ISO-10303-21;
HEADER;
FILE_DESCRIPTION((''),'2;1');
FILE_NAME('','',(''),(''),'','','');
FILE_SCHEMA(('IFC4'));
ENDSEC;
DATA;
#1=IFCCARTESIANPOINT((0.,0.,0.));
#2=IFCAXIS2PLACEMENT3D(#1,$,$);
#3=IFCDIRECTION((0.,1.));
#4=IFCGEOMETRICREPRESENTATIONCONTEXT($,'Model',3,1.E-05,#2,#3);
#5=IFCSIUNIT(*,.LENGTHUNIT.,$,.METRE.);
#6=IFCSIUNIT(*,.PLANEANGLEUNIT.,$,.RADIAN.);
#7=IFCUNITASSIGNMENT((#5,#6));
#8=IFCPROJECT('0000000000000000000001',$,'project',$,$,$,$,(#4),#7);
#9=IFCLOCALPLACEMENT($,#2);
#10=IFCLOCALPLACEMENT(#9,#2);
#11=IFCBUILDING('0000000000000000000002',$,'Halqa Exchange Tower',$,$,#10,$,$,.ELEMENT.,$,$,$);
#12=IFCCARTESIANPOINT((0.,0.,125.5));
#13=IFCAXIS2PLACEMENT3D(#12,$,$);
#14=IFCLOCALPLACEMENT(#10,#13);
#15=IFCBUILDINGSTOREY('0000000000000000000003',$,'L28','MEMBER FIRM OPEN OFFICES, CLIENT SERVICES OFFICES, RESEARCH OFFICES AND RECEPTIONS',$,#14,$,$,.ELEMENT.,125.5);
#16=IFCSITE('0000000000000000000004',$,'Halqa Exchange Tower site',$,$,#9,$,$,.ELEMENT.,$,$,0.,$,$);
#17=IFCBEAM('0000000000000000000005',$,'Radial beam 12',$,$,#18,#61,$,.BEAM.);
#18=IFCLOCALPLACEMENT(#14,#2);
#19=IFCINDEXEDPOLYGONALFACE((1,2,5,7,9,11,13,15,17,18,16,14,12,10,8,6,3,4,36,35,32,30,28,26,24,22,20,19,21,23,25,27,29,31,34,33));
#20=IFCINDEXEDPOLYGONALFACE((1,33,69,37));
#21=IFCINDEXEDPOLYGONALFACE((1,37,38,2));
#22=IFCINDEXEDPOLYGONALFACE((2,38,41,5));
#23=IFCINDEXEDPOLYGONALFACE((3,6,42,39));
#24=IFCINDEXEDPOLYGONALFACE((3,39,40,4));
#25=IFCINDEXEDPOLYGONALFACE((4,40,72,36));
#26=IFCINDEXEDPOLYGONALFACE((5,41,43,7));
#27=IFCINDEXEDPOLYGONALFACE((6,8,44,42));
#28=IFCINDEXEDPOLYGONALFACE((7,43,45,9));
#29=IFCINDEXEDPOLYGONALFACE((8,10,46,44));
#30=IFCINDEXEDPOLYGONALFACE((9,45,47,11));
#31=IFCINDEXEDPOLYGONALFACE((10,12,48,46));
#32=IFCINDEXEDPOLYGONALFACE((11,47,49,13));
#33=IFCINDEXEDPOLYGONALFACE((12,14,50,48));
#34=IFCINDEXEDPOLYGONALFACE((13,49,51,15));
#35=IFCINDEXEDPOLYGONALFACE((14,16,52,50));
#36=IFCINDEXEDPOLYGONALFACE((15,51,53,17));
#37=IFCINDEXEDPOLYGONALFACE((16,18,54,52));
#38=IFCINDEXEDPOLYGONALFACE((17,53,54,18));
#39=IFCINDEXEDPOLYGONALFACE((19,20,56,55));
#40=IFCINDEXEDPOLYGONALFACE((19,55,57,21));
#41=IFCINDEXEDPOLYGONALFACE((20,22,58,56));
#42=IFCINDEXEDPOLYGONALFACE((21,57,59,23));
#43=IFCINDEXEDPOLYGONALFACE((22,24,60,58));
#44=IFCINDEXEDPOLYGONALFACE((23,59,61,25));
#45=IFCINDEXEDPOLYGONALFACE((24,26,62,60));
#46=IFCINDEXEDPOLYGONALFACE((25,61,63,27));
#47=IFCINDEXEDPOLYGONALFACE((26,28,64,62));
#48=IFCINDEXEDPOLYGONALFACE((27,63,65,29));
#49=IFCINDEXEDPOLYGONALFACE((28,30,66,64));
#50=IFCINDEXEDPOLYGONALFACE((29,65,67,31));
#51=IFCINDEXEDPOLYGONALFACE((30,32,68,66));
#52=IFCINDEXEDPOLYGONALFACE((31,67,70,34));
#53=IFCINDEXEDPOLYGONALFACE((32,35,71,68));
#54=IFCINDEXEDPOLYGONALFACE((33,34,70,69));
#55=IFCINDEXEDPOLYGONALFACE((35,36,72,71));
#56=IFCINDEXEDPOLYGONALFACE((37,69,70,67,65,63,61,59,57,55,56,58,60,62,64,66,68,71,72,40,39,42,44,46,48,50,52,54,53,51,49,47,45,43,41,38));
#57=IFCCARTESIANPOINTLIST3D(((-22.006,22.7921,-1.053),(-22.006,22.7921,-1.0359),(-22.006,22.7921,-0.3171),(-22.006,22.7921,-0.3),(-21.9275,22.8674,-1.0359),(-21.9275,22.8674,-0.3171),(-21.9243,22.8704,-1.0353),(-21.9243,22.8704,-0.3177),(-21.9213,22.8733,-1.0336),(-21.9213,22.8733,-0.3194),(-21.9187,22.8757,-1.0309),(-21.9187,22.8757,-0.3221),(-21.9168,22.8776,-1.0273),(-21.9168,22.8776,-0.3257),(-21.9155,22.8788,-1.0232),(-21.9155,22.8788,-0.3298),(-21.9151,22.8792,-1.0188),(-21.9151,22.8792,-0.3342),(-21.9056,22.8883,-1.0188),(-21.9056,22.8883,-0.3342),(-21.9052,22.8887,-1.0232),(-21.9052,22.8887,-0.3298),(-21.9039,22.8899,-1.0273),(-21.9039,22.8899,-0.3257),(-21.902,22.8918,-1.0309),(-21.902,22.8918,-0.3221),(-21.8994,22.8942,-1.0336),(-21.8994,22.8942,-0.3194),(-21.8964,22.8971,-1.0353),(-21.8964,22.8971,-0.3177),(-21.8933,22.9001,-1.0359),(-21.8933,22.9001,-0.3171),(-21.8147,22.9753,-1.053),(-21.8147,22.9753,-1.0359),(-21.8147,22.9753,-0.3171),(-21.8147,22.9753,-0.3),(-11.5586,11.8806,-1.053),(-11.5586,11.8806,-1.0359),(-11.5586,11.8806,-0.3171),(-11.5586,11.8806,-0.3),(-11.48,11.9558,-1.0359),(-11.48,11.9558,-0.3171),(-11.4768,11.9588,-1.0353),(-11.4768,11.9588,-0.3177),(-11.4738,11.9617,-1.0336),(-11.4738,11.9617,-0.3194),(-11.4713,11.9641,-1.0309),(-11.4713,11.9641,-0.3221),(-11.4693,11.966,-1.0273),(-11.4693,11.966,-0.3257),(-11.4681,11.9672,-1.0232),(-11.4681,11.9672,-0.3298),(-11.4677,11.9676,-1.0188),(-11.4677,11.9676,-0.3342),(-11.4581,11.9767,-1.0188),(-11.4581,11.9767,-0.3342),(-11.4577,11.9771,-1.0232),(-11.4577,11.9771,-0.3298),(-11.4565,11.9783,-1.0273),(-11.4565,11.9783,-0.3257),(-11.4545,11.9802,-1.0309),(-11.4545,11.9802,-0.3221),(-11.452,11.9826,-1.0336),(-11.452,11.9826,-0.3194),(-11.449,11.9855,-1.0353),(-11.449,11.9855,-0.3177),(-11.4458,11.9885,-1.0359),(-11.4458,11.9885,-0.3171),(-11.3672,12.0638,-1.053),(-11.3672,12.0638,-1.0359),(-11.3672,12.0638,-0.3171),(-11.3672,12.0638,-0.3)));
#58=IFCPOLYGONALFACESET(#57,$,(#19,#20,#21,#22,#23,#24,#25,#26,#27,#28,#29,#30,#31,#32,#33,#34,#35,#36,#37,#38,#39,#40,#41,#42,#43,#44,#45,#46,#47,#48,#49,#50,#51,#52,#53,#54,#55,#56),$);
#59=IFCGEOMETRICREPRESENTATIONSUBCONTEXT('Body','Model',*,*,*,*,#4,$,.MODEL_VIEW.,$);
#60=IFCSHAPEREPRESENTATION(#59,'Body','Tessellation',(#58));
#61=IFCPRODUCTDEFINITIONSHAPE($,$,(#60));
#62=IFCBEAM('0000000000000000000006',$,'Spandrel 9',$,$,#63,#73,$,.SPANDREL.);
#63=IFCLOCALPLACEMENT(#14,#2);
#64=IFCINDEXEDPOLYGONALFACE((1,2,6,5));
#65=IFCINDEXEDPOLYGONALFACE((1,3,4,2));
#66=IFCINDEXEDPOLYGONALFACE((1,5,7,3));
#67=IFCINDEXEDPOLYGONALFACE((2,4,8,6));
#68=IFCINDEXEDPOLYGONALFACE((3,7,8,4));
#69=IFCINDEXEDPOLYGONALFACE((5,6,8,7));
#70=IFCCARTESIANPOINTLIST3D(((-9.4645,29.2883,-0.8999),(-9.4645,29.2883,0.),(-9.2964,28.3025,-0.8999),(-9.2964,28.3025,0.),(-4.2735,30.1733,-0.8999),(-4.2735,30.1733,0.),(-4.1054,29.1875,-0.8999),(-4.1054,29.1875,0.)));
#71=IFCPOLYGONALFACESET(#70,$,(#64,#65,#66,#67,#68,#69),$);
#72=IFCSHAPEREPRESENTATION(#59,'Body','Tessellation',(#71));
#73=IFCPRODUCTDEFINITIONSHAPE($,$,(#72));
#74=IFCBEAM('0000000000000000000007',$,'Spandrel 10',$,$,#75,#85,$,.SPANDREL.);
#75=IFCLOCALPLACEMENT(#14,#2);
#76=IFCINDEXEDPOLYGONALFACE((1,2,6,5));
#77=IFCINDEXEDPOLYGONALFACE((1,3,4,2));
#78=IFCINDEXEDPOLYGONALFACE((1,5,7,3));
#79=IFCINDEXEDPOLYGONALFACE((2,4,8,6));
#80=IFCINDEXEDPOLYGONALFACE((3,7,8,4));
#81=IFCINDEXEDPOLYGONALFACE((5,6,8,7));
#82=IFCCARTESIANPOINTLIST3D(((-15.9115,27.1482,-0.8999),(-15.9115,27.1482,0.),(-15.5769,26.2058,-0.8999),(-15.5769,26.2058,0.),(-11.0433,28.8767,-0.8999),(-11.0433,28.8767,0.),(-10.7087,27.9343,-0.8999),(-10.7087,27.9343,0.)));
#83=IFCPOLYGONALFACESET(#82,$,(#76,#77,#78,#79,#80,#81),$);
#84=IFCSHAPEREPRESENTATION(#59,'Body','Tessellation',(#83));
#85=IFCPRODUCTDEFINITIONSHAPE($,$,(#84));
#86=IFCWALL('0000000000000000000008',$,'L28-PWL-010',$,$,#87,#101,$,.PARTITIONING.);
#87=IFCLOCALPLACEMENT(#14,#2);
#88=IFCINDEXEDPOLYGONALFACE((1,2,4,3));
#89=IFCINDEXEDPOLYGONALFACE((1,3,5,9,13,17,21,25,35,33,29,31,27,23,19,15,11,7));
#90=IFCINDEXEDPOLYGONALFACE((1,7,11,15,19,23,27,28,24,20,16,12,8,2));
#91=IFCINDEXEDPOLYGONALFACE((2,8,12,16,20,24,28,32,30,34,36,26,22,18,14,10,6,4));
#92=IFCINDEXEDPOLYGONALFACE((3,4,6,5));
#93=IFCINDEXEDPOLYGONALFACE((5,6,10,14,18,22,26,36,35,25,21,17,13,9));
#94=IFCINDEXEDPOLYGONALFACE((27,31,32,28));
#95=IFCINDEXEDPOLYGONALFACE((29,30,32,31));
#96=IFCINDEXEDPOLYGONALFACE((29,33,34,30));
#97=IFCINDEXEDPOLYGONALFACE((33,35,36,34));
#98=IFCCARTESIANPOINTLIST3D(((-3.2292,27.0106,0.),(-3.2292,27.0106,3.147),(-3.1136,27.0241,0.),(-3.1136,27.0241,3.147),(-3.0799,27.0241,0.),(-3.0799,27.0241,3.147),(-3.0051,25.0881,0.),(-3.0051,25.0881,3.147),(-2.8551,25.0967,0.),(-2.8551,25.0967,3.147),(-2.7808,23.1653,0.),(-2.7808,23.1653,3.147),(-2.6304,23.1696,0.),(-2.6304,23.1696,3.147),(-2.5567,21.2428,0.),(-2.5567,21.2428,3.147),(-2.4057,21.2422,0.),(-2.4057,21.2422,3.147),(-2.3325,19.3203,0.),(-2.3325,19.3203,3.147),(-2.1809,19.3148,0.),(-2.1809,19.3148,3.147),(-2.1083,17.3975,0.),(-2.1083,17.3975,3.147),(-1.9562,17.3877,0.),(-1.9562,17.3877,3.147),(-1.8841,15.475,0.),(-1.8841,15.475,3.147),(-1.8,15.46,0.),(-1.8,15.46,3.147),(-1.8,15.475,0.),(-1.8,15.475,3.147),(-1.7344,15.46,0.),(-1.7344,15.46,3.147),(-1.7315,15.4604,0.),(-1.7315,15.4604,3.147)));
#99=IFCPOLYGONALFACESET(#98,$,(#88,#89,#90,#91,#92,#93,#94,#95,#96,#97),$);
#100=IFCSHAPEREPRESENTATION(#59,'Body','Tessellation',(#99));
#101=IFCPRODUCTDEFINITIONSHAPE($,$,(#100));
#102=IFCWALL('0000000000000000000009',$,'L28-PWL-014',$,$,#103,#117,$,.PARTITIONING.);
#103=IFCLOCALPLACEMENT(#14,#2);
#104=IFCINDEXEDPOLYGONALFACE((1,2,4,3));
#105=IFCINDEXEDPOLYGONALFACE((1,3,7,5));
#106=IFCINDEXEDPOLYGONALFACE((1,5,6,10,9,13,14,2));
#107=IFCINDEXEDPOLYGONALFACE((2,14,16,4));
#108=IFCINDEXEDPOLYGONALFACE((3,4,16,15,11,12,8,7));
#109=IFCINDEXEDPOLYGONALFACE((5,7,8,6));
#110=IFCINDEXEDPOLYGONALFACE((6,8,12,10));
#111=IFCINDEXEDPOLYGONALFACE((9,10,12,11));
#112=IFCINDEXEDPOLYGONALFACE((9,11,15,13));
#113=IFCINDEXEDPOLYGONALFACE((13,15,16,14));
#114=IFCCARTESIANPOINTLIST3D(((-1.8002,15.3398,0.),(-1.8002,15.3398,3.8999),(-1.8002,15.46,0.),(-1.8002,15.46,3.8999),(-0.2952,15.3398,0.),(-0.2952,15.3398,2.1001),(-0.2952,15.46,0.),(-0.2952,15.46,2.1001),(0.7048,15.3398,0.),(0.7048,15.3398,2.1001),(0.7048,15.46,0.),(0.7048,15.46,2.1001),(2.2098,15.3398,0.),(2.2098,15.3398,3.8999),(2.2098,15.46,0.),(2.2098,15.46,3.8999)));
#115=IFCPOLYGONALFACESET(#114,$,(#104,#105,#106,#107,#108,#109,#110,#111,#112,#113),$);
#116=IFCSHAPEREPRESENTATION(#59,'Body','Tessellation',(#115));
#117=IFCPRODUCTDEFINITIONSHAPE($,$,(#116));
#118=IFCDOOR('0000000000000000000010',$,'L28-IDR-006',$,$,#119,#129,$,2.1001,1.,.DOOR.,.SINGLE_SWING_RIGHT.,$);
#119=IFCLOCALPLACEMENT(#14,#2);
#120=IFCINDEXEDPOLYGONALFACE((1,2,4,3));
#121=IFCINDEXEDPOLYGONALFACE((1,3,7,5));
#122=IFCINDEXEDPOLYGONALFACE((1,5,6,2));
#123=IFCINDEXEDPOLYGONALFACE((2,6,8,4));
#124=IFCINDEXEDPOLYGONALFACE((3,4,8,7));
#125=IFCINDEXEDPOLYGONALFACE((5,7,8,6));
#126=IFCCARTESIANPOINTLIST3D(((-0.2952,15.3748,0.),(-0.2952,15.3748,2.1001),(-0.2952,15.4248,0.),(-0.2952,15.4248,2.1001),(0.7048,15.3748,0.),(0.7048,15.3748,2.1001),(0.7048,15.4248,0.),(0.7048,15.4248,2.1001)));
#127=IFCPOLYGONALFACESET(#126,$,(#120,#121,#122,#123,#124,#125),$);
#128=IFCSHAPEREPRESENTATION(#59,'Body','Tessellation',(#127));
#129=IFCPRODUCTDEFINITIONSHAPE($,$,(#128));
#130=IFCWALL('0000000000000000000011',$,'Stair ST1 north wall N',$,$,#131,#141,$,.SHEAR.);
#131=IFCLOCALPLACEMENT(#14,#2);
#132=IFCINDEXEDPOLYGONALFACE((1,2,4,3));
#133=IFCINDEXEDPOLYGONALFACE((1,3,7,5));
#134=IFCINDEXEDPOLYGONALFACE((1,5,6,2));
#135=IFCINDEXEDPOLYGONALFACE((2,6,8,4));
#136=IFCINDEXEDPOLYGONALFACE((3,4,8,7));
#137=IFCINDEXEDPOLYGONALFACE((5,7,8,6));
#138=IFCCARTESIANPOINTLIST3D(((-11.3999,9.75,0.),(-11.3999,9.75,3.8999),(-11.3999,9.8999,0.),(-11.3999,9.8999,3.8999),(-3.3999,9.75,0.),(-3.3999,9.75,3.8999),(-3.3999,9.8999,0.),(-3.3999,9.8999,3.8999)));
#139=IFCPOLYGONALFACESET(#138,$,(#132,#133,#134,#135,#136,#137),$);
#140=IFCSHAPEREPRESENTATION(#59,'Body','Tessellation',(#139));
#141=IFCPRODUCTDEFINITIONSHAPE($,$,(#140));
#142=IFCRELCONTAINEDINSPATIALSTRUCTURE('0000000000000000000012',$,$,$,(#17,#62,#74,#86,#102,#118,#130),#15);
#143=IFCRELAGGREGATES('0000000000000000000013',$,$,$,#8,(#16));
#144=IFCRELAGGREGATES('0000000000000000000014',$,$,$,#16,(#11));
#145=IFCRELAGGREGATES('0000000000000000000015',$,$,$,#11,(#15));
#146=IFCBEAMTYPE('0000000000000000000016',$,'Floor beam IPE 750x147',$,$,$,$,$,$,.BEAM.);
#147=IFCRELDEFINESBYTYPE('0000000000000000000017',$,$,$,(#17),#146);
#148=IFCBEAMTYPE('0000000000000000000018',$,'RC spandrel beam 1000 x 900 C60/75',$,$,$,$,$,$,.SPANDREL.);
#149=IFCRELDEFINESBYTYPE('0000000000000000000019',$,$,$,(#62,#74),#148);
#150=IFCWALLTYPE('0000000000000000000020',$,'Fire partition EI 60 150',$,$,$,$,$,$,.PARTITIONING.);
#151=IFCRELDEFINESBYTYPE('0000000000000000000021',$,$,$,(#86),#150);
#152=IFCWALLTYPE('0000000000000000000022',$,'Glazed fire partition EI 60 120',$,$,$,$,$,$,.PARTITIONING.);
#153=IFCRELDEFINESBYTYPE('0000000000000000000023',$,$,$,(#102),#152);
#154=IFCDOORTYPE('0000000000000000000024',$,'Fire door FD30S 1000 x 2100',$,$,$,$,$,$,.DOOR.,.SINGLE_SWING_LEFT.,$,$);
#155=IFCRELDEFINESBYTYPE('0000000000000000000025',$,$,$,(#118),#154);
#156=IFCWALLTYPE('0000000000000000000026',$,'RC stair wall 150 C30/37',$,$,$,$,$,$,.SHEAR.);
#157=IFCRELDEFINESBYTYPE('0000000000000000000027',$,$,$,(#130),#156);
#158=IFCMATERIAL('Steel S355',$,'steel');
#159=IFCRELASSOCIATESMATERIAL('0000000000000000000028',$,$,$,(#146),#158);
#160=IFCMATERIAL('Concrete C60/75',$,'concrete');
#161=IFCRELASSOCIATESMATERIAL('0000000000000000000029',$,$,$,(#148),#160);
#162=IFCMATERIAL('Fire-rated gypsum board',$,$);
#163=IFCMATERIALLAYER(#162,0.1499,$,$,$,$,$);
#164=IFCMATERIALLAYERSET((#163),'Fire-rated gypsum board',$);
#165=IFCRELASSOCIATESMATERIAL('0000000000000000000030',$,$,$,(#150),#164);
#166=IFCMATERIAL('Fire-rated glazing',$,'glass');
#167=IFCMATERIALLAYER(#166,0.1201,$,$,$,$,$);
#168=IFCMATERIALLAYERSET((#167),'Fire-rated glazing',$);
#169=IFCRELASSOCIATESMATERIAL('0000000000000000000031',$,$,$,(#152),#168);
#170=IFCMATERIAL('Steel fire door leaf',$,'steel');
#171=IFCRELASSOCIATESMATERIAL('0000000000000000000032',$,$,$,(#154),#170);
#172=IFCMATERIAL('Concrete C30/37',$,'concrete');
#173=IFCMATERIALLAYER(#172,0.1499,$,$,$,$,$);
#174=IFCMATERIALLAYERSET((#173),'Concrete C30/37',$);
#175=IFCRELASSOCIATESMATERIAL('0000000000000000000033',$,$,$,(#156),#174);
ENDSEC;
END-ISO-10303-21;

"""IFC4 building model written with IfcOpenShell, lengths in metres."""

from ifc_helpers import new_model, si_unit, direction, frame, frame_2d, origin, origin_2d, place, context, subcontext, project, spatial, polyline, rectangle, i_section, outline, extrude, material, layer, layer_set, material_profile, profile_set, type_object, element, fill, save


model = new_model("IFC4")

# Units and contexts
model_context = context("Model", 3, precision=1e-05, world=origin(), true_north=direction((0.0, 1.0)))
body_context = subcontext(model_context, "Body", "Model", "MODEL_VIEW")
ifc_project = project(units=[si_unit("LENGTHUNIT", "METRE"), si_unit("PLANEANGLEUNIT", "RADIAN")], contexts=[model_context])

# Site, building, storey
site_placement = place(None, origin())
site = spatial("IfcSite", under=ifc_project, at=site_placement, Name="Halqa Exchange Tower site", CompositionType="ELEMENT", RefElevation=0.0)
building_placement = place(site_placement, origin())
building = spatial("IfcBuilding", under=site, at=building_placement, Name="Halqa Exchange Tower", CompositionType="ELEMENT")
storey_placement = place(building_placement, frame((0.0, 0.0, 125.5)))
storey = spatial("IfcBuildingStorey", under=building, at=storey_placement, Name="L28", Description="MEMBER FIRM OPEN OFFICES, CLIENT SERVICES OFFICES, RESEARCH OFFICES AND RECEPTIONS", CompositionType="ELEMENT", Elevation=125.5)

# Beams
ifc_material_1 = material(Name="Steel S355", Category="steel")
ifc_material_profile_1 = material_profile(ifc_material_1, i_section(OverallWidth=0.2649, OverallDepth=0.7529, WebThickness=0.0132, FlangeThickness=0.0171, FilletRadius=0.0171, at=origin_2d()), Name="IPE 750x147")
ifc_profile_set_1 = profile_set([ifc_material_profile_1], Name="Steel S355")
beam_type_1 = type_object("IfcBeamType", Name="Floor beam IPE 750x147", PredefinedType="BEAM", material=ifc_profile_set_1)
beam_1_placement = place(storey_placement, frame((-11.4629, 11.9722, -0.6765), z_axis=(-0.691579, 0.722301, 0.0), x_axis=(-0.722301, -0.691579, 0.0)))
element("IfcBeam", 1, at=beam_1_placement, inside=storey, type_object=beam_type_1, Name="Radial beam 12", PredefinedType="BEAM", context=body_context, shape_type="SweptSolid", body=[
    extrude(i_section(OverallWidth=0.2649, OverallDepth=0.7529, WebThickness=0.0132, FlangeThickness=0.0171, FilletRadius=0.0171, at=origin_2d()), origin(), (0.0, 0.0, 1.0), 15.1067),
])
ifc_material_2 = material(Name="Concrete C60/75", Category="concrete")
ifc_material_profile_2 = material_profile(ifc_material_2, rectangle(XDim=1.0, YDim=0.8999, at=origin_2d()), Name="1000 x 900")
ifc_profile_set_2 = profile_set([ifc_material_profile_2], Name="Concrete C60/75")
beam_type_2 = type_object("IfcBeamType", Name="RC spandrel beam 1000 x 900 C60/75", PredefinedType="SPANDREL", material=ifc_profile_set_2)
beam_2_placement = place(storey_placement, frame((-4.1895, 29.6804, -0.45), z_axis=(-0.985776, -0.168067, 0.0), x_axis=(0.168067, -0.985776, 0.0)))
element("IfcBeam", 2, at=beam_2_placement, inside=storey, type_object=beam_type_2, Name="Spandrel 9", PredefinedType="SPANDREL", context=body_context, shape_type="SweptSolid", body=[
    extrude(rectangle(XDim=1.0, YDim=0.8999, at=origin_2d()), origin(), (0.0, 0.0, 1.0), 5.2659),
])
beam_3_placement = place(storey_placement, frame((-10.876, 28.4055, -0.45), z_axis=(-0.94236, -0.334599, 0.0), x_axis=(0.334599, -0.94236, 0.0)))
element("IfcBeam", 3, at=beam_3_placement, inside=storey, type_object=beam_type_2, Name="Spandrel 10", PredefinedType="SPANDREL", context=body_context, shape_type="SweptSolid", body=[
    extrude(rectangle(XDim=1.0, YDim=0.8999, at=origin_2d()), origin(), (0.0, 0.0, 1.0), 5.166),
])

# Wall
ifc_material_3 = material(Name="Fire-rated gypsum board")
ifc_layer_1 = layer(ifc_material_3, 0.1499)
ifc_layer_set_1 = layer_set([ifc_layer_1], Name="Fire-rated gypsum board")
wall_type_1 = type_object("IfcWallType", Name="Fire partition EI 60 150", PredefinedType="PARTITIONING", material=ifc_layer_set_1)
wall_1_placement = place(storey_placement, frame((-3.1548, 27.0193, 0.0), z_axis=(0.0, 0.0, 1.0), x_axis=(0.115823, -0.99327, 0.0)))
element("IfcWall", 4, at=wall_1_placement, inside=storey, type_object=wall_type_1, Name="L28-PWL-010", PredefinedType="PARTITIONING", context=body_context, shape_type="SweptSolid", body=[
    extrude(outline(polyline([(0.0, -0.075), (1.9355, -0.075), (3.8713, -0.075), (5.8069, -0.075), (7.7424, -0.075), (9.6782, -0.075), (11.6138, -0.075), (11.6235, 0.0085), (11.6384, 0.0068), (11.646, 0.072), (11.646, 0.075), (9.7056, 0.075), (7.7654, 0.075), (5.825, 0.075), (3.8845, 0.075), (1.9443, 0.075), (0.0039, 0.075), (0.0, 0.0415), (0.0, -0.075)])), origin(), (0.0, 0.0, 1.0), 3.147),
])

# Wall, opening, door
ifc_material_4 = material(Name="Fire-rated glazing", Category="glass")
ifc_layer_2 = layer(ifc_material_4, 0.1201)
ifc_layer_set_2 = layer_set([ifc_layer_2], Name="Fire-rated glazing")
wall_type_2 = type_object("IfcWallType", Name="Glazed fire partition EI 60 120", PredefinedType="PARTITIONING", material=ifc_layer_set_2)
wall_2_placement = place(storey_placement, frame((-1.8, 15.3999, 0.0), z_axis=(0.0, 0.0, 1.0), x_axis=(1.0, 0.0, 0.0)))
wall_2 = element("IfcWall", 5, at=wall_2_placement, inside=storey, type_object=wall_type_2, Name="L28-PWL-014", PredefinedType="PARTITIONING", context=body_context, shape_type="SweptSolid", body=[
    extrude(rectangle(XDim=4.01, YDim=0.1201, at=frame_2d((2.0049, 0.0))), origin(), (0.0, 0.0, 1.0), 3.8999),
])
opening_1_placement = place(wall_2_placement, frame((1.5049, 0.0, 0.0)))
opening_1 = element("IfcOpeningElement", 6, at=opening_1_placement, cuts=wall_2, PredefinedType="OPENING", context=body_context, shape_type="SweptSolid", body=[
    extrude(rectangle(XDim=1.0, YDim=2.1001, at=frame_2d((0.5, 1.05))), frame((0.0, 0.072, 0.0), z_axis=(0.0, -1.0, 0.0), x_axis=(1.0, 0.0, 0.0)), (0.0, 0.0, 1.0), 0.144),
])
ifc_material_5 = material(Name="Steel fire door leaf", Category="steel")
door_type_1 = type_object("IfcDoorType", Name="Fire door FD30S 1000 x 2100", OperationType="SINGLE_SWING_LEFT", PredefinedType="DOOR", material=ifc_material_5)
door_1_placement = place(opening_1_placement, origin())
door_1 = element("IfcDoor", 7, at=door_1_placement, inside=storey, type_object=door_type_1, Name="L28-IDR-006", OperationType="SINGLE_SWING_RIGHT", OverallHeight=2.1001, OverallWidth=1.0, PredefinedType="DOOR", context=body_context, shape_type="SweptSolid", body=[
    extrude(rectangle(XDim=1.0, YDim=2.1001, at=frame_2d((0.5, 1.05))), frame((0.0, 0.0249, 0.0), z_axis=(0.0, -1.0, 0.0), x_axis=(1.0, 0.0, 0.0)), (0.0, 0.0, 1.0), 0.05),
])
fill(opening_1, door_1)

# Wall
ifc_material_6 = material(Name="Concrete C30/37", Category="concrete")
ifc_layer_3 = layer(ifc_material_6, 0.1499)
ifc_layer_set_3 = layer_set([ifc_layer_3], Name="Concrete C30/37")
wall_type_3 = type_object("IfcWallType", Name="RC stair wall 150 C30/37", PredefinedType="SHEAR", material=ifc_layer_set_3)
wall_3_placement = place(storey_placement, frame((-11.3999, 9.825, 0.0), z_axis=(0.0, 0.0, 1.0), x_axis=(1.0, 0.0, 0.0)))
element("IfcWall", 8, at=wall_3_placement, inside=storey, type_object=wall_type_3, Name="Stair ST1 north wall N", PredefinedType="SHEAR", context=body_context, shape_type="SweptSolid", body=[
    extrude(rectangle(XDim=8.0, YDim=0.1499, at=frame_2d((4.0, 0.0))), origin(), (0.0, 0.0, 1.0), 3.8999),
])

save(model, "model.ifc")
